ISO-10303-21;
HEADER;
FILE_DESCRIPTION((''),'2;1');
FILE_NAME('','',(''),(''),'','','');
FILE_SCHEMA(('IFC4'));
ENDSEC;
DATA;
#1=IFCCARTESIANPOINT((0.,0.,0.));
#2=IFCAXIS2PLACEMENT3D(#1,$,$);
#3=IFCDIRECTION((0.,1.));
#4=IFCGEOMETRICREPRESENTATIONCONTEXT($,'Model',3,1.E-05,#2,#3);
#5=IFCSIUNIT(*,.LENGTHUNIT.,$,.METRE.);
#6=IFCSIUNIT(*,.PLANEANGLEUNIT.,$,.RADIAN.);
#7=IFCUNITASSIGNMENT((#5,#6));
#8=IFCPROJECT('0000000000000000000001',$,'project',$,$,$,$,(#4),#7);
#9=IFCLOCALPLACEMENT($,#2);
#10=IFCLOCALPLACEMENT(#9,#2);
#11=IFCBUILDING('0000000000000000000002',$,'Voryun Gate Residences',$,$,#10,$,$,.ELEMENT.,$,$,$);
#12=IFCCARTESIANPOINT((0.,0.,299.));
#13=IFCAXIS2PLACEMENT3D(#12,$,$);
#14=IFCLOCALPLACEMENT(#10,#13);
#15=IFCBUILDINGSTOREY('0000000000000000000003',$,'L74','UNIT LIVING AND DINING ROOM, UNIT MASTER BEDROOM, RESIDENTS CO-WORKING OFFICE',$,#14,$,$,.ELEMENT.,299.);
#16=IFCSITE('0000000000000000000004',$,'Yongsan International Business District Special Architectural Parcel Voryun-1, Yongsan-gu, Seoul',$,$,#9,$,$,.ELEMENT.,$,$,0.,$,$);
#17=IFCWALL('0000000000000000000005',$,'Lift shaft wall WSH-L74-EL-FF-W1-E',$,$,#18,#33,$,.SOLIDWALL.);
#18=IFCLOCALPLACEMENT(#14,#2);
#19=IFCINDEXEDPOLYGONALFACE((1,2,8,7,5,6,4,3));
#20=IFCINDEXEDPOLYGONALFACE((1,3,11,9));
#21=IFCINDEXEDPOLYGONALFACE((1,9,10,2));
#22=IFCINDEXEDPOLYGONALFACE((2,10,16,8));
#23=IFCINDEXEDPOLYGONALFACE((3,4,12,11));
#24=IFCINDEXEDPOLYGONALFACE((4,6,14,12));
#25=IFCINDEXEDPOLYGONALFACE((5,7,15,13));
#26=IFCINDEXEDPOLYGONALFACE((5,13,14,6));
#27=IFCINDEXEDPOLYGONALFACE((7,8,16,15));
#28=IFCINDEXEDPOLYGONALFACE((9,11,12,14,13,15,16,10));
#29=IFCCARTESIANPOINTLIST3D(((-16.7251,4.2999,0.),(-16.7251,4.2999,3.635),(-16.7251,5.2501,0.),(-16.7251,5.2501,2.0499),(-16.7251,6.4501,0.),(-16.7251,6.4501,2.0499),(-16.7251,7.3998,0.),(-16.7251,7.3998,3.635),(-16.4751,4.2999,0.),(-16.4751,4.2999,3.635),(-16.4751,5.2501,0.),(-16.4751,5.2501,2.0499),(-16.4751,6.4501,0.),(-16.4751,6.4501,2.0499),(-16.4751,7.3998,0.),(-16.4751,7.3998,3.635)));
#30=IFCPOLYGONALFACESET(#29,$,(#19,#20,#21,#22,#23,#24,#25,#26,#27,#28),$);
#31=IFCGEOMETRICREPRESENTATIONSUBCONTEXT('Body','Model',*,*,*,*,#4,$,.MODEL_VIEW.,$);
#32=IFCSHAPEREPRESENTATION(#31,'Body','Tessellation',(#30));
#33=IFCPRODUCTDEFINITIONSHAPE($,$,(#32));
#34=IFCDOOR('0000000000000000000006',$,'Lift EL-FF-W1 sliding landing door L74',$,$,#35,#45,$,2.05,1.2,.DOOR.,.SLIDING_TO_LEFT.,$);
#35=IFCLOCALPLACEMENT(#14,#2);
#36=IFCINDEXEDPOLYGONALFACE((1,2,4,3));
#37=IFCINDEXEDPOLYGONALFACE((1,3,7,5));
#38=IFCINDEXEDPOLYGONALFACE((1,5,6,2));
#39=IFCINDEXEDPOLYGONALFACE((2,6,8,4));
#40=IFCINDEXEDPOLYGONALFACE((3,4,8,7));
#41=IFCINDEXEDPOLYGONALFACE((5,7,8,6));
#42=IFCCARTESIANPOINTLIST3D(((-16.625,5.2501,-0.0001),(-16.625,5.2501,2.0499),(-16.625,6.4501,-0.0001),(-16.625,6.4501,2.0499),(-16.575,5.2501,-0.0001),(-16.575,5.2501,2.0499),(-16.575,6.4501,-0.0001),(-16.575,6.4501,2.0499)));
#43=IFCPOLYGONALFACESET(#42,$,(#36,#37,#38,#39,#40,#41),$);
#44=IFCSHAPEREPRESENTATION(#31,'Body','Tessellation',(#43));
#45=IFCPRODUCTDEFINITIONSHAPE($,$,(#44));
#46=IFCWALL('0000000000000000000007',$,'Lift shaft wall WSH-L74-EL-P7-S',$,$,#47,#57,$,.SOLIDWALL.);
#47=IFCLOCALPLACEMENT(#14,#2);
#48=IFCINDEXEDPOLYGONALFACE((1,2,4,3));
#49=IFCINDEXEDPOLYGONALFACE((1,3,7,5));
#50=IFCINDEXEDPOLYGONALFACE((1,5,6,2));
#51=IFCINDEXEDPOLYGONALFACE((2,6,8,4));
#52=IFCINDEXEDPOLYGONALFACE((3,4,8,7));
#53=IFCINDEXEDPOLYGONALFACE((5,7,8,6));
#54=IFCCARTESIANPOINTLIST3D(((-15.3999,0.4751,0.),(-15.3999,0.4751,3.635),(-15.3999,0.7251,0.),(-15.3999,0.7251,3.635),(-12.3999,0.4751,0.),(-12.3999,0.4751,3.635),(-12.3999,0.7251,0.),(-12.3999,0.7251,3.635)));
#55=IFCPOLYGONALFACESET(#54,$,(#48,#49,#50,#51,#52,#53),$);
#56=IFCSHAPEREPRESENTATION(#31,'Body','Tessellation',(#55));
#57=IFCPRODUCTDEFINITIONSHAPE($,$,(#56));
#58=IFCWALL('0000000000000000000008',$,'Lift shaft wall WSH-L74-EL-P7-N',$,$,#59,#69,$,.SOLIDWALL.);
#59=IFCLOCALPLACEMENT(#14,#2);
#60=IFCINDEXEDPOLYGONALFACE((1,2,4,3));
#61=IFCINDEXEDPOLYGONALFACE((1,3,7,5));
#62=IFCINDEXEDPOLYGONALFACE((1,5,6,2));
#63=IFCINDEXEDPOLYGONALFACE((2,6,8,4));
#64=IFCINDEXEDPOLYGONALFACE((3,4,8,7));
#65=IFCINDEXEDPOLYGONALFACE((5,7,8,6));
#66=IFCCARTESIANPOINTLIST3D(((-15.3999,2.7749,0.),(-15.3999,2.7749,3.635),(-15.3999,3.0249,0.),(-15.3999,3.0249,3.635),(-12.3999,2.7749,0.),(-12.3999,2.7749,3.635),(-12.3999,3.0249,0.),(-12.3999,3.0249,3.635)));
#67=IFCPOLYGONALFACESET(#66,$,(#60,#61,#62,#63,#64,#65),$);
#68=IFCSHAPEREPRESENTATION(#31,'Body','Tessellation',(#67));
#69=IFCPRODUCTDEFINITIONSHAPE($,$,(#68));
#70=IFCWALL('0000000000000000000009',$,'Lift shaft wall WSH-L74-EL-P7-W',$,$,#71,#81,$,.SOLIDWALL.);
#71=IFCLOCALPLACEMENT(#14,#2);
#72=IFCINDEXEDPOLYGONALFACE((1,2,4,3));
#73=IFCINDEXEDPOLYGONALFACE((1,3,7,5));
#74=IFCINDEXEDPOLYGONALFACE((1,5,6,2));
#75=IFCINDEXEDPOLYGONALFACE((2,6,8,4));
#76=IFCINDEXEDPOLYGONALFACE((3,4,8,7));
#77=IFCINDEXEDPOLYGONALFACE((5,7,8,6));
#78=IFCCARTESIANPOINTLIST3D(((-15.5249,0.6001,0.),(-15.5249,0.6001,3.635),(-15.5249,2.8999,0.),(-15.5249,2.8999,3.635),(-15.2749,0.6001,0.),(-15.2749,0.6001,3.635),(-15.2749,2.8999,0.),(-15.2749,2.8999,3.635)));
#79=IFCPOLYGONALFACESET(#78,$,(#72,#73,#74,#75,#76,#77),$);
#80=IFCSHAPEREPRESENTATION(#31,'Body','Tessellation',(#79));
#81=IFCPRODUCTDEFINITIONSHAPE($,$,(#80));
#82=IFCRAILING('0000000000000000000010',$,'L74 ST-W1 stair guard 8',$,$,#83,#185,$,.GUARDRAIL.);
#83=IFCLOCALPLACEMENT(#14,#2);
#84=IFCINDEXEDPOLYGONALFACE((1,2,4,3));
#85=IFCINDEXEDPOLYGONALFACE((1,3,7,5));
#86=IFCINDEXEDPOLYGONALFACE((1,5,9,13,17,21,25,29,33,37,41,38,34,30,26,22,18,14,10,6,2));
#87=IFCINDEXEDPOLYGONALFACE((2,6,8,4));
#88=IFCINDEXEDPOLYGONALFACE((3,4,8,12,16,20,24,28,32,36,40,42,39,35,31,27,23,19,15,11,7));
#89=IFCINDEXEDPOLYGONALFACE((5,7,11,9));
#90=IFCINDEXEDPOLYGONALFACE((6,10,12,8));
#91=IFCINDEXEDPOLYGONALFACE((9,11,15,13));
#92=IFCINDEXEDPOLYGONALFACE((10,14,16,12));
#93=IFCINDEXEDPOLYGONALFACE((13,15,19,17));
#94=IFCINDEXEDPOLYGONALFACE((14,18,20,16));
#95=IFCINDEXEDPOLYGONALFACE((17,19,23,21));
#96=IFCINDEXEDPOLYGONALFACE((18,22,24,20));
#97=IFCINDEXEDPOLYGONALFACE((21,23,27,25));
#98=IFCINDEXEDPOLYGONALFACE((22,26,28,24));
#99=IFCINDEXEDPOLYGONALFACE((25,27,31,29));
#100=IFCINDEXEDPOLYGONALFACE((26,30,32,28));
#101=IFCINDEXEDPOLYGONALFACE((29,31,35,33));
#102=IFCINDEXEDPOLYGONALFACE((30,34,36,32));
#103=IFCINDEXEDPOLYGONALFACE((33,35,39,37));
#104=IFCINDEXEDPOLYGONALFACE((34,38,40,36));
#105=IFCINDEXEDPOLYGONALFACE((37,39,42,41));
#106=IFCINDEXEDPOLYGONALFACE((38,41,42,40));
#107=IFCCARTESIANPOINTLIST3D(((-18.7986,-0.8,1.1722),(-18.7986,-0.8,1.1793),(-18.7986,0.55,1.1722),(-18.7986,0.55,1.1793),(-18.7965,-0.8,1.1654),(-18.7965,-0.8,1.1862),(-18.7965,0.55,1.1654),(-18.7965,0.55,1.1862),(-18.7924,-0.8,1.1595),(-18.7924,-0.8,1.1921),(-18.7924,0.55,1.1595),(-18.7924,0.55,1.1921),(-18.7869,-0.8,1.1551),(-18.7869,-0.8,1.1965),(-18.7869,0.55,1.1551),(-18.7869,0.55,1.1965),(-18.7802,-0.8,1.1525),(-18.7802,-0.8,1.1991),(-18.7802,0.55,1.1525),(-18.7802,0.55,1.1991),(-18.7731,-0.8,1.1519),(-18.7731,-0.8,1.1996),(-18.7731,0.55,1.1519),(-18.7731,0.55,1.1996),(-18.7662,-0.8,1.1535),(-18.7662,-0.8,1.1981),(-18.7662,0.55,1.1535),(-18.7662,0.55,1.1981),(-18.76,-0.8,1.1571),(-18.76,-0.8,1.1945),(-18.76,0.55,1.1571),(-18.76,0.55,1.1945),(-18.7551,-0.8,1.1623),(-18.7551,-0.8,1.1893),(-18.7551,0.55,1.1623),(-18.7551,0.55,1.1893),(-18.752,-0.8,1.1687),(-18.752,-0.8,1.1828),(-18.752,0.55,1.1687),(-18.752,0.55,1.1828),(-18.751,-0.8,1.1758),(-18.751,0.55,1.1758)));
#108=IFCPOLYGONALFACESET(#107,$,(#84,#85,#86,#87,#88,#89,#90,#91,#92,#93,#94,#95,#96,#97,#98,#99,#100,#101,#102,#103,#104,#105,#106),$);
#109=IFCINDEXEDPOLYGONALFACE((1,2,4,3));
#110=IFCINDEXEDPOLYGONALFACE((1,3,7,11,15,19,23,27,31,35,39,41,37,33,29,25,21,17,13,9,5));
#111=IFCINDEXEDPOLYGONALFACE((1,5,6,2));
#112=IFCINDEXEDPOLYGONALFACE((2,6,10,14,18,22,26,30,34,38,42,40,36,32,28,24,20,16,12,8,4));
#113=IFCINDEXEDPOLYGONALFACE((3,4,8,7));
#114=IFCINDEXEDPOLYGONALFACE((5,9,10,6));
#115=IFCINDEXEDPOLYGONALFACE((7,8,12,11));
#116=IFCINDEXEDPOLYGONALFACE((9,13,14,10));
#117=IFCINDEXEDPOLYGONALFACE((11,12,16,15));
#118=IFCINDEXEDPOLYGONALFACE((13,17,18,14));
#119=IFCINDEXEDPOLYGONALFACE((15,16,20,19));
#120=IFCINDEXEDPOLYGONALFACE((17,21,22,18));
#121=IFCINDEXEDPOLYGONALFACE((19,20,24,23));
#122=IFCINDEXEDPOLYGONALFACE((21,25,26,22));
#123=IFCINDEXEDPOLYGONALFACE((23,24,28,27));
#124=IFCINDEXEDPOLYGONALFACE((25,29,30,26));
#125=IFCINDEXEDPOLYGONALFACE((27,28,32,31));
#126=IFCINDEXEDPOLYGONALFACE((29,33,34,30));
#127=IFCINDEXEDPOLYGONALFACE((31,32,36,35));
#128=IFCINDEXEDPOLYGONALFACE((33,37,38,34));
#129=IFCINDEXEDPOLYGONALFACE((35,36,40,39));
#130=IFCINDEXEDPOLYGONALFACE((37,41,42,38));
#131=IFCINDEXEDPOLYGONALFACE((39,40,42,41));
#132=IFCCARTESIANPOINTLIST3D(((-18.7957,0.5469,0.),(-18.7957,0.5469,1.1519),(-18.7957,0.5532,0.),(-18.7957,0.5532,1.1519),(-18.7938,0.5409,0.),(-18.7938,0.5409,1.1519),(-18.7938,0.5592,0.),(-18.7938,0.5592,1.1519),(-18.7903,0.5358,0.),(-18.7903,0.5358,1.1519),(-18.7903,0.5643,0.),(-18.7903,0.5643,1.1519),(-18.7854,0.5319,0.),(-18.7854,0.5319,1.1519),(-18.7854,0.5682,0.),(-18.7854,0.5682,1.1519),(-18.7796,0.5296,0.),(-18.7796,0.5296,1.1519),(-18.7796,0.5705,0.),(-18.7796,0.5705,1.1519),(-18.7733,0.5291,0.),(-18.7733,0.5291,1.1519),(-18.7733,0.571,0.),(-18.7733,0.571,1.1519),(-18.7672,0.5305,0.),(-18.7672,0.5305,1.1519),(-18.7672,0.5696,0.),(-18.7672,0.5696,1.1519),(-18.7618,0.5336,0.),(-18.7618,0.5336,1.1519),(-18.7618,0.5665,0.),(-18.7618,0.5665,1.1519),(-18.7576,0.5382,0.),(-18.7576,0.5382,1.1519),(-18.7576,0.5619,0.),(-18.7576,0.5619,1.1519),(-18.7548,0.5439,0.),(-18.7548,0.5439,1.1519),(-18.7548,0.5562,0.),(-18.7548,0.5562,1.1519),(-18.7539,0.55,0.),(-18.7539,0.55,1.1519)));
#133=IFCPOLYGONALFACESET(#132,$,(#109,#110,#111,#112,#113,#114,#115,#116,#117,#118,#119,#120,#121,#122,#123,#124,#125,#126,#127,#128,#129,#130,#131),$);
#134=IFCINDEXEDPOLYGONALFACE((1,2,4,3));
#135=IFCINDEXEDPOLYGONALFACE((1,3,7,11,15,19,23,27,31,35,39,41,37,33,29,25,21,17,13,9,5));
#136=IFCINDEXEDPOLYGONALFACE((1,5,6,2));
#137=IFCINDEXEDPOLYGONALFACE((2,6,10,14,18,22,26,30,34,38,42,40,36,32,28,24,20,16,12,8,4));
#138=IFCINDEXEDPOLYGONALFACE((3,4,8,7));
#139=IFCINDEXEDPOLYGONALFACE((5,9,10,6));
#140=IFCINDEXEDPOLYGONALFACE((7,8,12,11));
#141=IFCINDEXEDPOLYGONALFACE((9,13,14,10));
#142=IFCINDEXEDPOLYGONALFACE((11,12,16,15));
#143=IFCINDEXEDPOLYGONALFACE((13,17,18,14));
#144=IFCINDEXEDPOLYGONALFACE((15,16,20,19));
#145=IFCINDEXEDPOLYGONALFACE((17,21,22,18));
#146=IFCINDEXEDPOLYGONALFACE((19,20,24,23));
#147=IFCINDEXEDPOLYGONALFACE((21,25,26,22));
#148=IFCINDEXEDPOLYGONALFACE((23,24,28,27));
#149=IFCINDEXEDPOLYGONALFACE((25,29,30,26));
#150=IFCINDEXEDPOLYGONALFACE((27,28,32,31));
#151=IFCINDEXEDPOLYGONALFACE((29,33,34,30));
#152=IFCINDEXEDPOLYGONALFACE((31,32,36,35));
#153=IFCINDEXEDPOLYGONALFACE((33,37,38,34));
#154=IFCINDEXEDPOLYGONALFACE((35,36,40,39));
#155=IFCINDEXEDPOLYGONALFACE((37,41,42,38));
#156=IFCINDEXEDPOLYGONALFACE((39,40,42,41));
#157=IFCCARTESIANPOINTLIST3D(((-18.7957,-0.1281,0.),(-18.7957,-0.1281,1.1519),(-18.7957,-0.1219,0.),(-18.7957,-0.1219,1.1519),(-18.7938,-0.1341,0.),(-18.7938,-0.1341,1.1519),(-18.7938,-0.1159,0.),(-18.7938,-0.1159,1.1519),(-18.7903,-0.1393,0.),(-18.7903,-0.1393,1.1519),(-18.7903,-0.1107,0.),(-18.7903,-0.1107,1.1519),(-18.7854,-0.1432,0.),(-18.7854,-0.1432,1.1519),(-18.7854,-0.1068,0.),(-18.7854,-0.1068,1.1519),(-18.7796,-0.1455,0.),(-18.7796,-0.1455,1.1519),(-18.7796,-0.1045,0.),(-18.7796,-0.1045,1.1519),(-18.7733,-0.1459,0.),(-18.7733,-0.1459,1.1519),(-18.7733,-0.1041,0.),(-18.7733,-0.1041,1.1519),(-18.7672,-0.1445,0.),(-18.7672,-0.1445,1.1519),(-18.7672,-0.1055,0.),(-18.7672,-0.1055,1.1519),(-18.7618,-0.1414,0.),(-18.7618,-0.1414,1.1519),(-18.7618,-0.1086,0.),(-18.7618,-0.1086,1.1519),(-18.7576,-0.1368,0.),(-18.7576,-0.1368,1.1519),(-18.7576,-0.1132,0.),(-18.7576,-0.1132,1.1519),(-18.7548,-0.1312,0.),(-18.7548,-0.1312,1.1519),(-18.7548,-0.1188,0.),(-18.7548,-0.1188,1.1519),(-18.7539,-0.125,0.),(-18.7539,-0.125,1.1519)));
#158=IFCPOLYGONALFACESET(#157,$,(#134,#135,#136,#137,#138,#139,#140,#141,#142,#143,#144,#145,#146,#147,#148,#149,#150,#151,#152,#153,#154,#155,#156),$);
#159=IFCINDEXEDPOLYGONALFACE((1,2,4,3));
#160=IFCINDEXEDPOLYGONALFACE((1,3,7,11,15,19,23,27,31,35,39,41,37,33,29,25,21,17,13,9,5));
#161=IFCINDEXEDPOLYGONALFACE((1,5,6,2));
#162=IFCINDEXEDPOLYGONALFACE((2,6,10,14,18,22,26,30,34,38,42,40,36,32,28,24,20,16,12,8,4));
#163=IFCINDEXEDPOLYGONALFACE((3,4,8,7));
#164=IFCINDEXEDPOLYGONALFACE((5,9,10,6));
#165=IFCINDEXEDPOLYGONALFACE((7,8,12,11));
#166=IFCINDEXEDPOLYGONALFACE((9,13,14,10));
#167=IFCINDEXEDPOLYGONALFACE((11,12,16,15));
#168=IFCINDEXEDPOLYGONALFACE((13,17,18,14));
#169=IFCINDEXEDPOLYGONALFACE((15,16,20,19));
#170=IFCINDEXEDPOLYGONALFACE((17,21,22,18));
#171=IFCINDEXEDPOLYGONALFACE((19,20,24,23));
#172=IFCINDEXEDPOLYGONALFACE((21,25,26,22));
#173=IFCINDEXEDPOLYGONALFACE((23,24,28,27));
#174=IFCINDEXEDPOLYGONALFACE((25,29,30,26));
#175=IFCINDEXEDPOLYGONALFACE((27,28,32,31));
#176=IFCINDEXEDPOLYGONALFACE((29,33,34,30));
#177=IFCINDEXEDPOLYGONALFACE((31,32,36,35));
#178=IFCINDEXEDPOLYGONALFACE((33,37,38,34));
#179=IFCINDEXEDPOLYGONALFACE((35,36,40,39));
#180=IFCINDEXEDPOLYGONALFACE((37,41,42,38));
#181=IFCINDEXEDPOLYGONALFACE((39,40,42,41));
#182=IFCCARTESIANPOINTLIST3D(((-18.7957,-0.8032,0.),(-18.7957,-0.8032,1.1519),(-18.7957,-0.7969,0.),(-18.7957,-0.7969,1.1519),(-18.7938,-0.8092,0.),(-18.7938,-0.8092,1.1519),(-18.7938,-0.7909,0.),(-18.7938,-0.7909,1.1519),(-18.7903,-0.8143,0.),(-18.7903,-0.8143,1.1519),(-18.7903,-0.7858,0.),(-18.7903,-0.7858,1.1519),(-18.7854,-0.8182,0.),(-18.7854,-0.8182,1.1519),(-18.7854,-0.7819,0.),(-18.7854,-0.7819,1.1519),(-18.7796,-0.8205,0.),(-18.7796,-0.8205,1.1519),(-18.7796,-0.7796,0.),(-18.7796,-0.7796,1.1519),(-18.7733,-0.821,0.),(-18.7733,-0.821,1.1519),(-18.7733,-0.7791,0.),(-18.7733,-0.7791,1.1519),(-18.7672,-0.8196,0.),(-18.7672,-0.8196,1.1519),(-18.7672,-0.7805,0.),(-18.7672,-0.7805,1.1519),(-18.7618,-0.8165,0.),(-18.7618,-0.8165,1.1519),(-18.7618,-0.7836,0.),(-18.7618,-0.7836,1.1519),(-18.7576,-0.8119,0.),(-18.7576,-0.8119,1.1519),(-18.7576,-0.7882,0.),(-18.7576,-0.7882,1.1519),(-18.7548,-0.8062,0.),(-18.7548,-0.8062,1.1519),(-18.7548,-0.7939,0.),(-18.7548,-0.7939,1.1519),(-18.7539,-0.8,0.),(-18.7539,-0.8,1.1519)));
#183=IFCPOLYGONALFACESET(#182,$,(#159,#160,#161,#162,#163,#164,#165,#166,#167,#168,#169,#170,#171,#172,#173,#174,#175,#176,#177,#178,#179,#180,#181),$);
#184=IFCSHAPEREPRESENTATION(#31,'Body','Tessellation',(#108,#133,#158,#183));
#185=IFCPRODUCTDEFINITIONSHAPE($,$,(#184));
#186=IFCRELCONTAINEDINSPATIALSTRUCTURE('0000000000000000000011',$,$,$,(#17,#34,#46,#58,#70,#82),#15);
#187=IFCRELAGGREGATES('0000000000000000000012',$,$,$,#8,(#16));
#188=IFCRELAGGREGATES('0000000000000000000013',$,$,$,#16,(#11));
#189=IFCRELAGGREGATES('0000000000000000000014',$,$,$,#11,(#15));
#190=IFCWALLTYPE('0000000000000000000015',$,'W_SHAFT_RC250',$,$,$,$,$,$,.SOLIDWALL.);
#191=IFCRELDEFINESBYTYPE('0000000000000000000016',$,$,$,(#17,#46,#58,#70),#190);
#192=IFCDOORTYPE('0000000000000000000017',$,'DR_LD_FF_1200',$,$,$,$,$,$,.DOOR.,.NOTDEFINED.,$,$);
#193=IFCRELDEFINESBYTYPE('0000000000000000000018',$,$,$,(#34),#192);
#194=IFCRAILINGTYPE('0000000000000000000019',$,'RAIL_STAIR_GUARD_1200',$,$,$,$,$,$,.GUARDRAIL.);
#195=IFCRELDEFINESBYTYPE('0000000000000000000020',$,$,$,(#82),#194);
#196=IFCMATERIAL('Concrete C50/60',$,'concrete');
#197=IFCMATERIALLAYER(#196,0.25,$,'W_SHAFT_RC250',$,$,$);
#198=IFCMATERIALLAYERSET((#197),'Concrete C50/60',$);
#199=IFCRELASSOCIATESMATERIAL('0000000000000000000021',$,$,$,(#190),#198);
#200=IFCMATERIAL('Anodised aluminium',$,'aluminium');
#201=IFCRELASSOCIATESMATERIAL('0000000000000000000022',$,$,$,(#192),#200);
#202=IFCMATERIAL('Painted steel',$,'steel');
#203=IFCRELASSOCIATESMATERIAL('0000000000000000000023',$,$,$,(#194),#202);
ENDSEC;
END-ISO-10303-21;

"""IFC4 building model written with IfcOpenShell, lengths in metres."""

from ifc_helpers import new_model, si_unit, direction, frame, frame_2d, origin, origin_2d, place, context, subcontext, project, spatial, rectangle, circle, extrude, material, layer, layer_set, type_object, element, fill, save


model = new_model("IFC4")

# Units and contexts
model_context = context("Model", 3, precision=1e-05, world=origin(), true_north=direction((0.0, 1.0)))
body_context = subcontext(model_context, "Body", "Model", "MODEL_VIEW")
ifc_project = project(units=[si_unit("LENGTHUNIT", "METRE"), si_unit("PLANEANGLEUNIT", "RADIAN")], contexts=[model_context])

# Site, building, storey
site_placement = place(None, origin())
site = spatial("IfcSite", under=ifc_project, at=site_placement, Name="Yongsan International Business District Special Architectural Parcel Voryun-1, Yongsan-gu, Seoul", CompositionType="ELEMENT", RefElevation=0.0)
building_placement = place(site_placement, origin())
building = spatial("IfcBuilding", under=site, at=building_placement, Name="Voryun Gate Residences", CompositionType="ELEMENT")
storey_placement = place(building_placement, frame((0.0, 0.0, 299.0)))
storey = spatial("IfcBuildingStorey", under=building, at=storey_placement, Name="L74", Description="UNIT LIVING AND DINING ROOM, UNIT MASTER BEDROOM, RESIDENTS CO-WORKING OFFICE", CompositionType="ELEMENT", Elevation=299.0)

# Wall, opening, door
ifc_material_1 = material(Name="Concrete C50/60", Category="concrete")
ifc_layer_1 = layer(ifc_material_1, 0.25, Name="W_SHAFT_RC250")
ifc_layer_set_1 = layer_set([ifc_layer_1], Name="Concrete C50/60")
wall_type_1 = type_object("IfcWallType", Name="W_SHAFT_RC250", PredefinedType="SOLIDWALL", material=ifc_layer_set_1)
wall_1_placement = place(storey_placement, frame((-16.6001, 4.3, 0.0), z_axis=(0.0, 0.0, 1.0), x_axis=(0.0, 1.0, 0.0)))
wall_1 = element("IfcWall", 1, at=wall_1_placement, inside=storey, type_object=wall_type_1, Name="Lift shaft wall WSH-L74-EL-FF-W1-E", PredefinedType="SOLIDWALL", context=body_context, shape_type="SweptSolid", body=[
    extrude(rectangle(XDim=3.0999, YDim=0.25, at=frame_2d((1.5498, 0.0))), origin(), (0.0, 0.0, 1.0), 3.635),
])
opening_1_placement = place(wall_1_placement, frame((0.95, 0.0, 0.0)))
opening_1 = element("IfcOpeningElement", 2, at=opening_1_placement, cuts=wall_1, PredefinedType="OPENING", context=body_context, shape_type="SweptSolid", body=[
    extrude(rectangle(XDim=1.2, YDim=2.05, at=frame_2d((0.6001, 1.0249))), frame((0.0, 0.135, 0.0), z_axis=(0.0, -1.0, 0.0), x_axis=(1.0, 0.0, 0.0)), (0.0, 0.0, 1.0), 0.27),
])
ifc_material_2 = material(Name="Anodised aluminium", Category="aluminium")
door_type_1 = type_object("IfcDoorType", Name="DR_LD_FF_1200", OperationType="NOTDEFINED", PredefinedType="DOOR", material=ifc_material_2)
door_1_placement = place(opening_1_placement, origin())
door_1 = element("IfcDoor", 3, at=door_1_placement, inside=storey, type_object=door_type_1, Name="Lift EL-FF-W1 sliding landing door L74", OperationType="SLIDING_TO_LEFT", OverallHeight=2.05, OverallWidth=1.2, PredefinedType="DOOR", context=body_context, shape_type="SweptSolid", body=[
    extrude(rectangle(XDim=1.2, YDim=2.05, at=frame_2d((0.6001, 1.0249))), frame((0.0, 0.0249, 0.0), z_axis=(0.0, -1.0, 0.0), x_axis=(1.0, 0.0, 0.0)), (0.0, 0.0, 1.0), 0.05),
])
fill(opening_1, door_1)

# Walls
for number, where, z_axis, x_axis, name in (
    (4, (-15.3999, 0.6001, 0.0), (0.0, 0.0, 1.0), (1.0, 0.0, 0.0), "Lift shaft wall WSH-L74-EL-P7-S"),
    (5, (-12.3999, 2.8999, 0.0), (0.0, 0.0, 1.0), (-1.0, 0.0, 0.0), "Lift shaft wall WSH-L74-EL-P7-N"),
):
    element("IfcWall", number, at=place(storey_placement, frame(where, z_axis=z_axis, x_axis=x_axis)), inside=storey, type_object=wall_type_1, Name=name, PredefinedType="SOLIDWALL", context=body_context, shape_type="SweptSolid", body=[
        extrude(rectangle(XDim=3.0, YDim=0.25, at=frame_2d((1.5, 0.0))), origin(), (0.0, 0.0, 1.0), 3.635),
    ])
wall_2_placement = place(storey_placement, frame((-15.3999, 2.8999, 0.0), z_axis=(0.0, 0.0, 1.0), x_axis=(0.0, -1.0, 0.0)))
element("IfcWall", 6, at=wall_2_placement, inside=storey, type_object=wall_type_1, Name="Lift shaft wall WSH-L74-EL-P7-W", PredefinedType="SOLIDWALL", context=body_context, shape_type="SweptSolid", body=[
    extrude(rectangle(XDim=2.2998, YDim=0.25, at=frame_2d((1.1499, 0.0))), origin(), (0.0, 0.0, 1.0), 3.635),
])

# Railing
ifc_material_3 = material(Name="Painted steel", Category="steel")
railing_type = type_object("IfcRailingType", Name="RAIL_STAIR_GUARD_1200", PredefinedType="GUARDRAIL", material=ifc_material_3)
for number, where, name in (
    (7, (-18.7749, 0.55, 0.0), "L74 ST-W1 stair guard 8"),
):
    element("IfcRailing", number, at=place(storey_placement, frame(where)), inside=storey, type_object=railing_type, Name=name, PredefinedType="GUARDRAIL", context=body_context, shape_type="SweptSolid", body=[
        extrude(circle(Radius=0.0239, at=origin_2d()), frame((0.0, 0.0, 1.1758), z_axis=(0.0, -1.0, 0.0), x_axis=(1.0, 0.0, 0.0)), (0.0, 0.0, 1.0), 1.3501),
        extrude(circle(Radius=0.021, at=origin_2d()), origin(), (0.0, 0.0, 1.0), 1.1519),
        extrude(circle(Radius=0.021, at=origin_2d()), frame((0.0, -0.675, 0.0)), (0.0, 0.0, 1.0), 1.1519),
        extrude(circle(Radius=0.021, at=origin_2d()), frame((0.0, -1.3501, 0.0)), (0.0, 0.0, 1.0), 1.1519),
    ])

save(model, "model.ifc")
